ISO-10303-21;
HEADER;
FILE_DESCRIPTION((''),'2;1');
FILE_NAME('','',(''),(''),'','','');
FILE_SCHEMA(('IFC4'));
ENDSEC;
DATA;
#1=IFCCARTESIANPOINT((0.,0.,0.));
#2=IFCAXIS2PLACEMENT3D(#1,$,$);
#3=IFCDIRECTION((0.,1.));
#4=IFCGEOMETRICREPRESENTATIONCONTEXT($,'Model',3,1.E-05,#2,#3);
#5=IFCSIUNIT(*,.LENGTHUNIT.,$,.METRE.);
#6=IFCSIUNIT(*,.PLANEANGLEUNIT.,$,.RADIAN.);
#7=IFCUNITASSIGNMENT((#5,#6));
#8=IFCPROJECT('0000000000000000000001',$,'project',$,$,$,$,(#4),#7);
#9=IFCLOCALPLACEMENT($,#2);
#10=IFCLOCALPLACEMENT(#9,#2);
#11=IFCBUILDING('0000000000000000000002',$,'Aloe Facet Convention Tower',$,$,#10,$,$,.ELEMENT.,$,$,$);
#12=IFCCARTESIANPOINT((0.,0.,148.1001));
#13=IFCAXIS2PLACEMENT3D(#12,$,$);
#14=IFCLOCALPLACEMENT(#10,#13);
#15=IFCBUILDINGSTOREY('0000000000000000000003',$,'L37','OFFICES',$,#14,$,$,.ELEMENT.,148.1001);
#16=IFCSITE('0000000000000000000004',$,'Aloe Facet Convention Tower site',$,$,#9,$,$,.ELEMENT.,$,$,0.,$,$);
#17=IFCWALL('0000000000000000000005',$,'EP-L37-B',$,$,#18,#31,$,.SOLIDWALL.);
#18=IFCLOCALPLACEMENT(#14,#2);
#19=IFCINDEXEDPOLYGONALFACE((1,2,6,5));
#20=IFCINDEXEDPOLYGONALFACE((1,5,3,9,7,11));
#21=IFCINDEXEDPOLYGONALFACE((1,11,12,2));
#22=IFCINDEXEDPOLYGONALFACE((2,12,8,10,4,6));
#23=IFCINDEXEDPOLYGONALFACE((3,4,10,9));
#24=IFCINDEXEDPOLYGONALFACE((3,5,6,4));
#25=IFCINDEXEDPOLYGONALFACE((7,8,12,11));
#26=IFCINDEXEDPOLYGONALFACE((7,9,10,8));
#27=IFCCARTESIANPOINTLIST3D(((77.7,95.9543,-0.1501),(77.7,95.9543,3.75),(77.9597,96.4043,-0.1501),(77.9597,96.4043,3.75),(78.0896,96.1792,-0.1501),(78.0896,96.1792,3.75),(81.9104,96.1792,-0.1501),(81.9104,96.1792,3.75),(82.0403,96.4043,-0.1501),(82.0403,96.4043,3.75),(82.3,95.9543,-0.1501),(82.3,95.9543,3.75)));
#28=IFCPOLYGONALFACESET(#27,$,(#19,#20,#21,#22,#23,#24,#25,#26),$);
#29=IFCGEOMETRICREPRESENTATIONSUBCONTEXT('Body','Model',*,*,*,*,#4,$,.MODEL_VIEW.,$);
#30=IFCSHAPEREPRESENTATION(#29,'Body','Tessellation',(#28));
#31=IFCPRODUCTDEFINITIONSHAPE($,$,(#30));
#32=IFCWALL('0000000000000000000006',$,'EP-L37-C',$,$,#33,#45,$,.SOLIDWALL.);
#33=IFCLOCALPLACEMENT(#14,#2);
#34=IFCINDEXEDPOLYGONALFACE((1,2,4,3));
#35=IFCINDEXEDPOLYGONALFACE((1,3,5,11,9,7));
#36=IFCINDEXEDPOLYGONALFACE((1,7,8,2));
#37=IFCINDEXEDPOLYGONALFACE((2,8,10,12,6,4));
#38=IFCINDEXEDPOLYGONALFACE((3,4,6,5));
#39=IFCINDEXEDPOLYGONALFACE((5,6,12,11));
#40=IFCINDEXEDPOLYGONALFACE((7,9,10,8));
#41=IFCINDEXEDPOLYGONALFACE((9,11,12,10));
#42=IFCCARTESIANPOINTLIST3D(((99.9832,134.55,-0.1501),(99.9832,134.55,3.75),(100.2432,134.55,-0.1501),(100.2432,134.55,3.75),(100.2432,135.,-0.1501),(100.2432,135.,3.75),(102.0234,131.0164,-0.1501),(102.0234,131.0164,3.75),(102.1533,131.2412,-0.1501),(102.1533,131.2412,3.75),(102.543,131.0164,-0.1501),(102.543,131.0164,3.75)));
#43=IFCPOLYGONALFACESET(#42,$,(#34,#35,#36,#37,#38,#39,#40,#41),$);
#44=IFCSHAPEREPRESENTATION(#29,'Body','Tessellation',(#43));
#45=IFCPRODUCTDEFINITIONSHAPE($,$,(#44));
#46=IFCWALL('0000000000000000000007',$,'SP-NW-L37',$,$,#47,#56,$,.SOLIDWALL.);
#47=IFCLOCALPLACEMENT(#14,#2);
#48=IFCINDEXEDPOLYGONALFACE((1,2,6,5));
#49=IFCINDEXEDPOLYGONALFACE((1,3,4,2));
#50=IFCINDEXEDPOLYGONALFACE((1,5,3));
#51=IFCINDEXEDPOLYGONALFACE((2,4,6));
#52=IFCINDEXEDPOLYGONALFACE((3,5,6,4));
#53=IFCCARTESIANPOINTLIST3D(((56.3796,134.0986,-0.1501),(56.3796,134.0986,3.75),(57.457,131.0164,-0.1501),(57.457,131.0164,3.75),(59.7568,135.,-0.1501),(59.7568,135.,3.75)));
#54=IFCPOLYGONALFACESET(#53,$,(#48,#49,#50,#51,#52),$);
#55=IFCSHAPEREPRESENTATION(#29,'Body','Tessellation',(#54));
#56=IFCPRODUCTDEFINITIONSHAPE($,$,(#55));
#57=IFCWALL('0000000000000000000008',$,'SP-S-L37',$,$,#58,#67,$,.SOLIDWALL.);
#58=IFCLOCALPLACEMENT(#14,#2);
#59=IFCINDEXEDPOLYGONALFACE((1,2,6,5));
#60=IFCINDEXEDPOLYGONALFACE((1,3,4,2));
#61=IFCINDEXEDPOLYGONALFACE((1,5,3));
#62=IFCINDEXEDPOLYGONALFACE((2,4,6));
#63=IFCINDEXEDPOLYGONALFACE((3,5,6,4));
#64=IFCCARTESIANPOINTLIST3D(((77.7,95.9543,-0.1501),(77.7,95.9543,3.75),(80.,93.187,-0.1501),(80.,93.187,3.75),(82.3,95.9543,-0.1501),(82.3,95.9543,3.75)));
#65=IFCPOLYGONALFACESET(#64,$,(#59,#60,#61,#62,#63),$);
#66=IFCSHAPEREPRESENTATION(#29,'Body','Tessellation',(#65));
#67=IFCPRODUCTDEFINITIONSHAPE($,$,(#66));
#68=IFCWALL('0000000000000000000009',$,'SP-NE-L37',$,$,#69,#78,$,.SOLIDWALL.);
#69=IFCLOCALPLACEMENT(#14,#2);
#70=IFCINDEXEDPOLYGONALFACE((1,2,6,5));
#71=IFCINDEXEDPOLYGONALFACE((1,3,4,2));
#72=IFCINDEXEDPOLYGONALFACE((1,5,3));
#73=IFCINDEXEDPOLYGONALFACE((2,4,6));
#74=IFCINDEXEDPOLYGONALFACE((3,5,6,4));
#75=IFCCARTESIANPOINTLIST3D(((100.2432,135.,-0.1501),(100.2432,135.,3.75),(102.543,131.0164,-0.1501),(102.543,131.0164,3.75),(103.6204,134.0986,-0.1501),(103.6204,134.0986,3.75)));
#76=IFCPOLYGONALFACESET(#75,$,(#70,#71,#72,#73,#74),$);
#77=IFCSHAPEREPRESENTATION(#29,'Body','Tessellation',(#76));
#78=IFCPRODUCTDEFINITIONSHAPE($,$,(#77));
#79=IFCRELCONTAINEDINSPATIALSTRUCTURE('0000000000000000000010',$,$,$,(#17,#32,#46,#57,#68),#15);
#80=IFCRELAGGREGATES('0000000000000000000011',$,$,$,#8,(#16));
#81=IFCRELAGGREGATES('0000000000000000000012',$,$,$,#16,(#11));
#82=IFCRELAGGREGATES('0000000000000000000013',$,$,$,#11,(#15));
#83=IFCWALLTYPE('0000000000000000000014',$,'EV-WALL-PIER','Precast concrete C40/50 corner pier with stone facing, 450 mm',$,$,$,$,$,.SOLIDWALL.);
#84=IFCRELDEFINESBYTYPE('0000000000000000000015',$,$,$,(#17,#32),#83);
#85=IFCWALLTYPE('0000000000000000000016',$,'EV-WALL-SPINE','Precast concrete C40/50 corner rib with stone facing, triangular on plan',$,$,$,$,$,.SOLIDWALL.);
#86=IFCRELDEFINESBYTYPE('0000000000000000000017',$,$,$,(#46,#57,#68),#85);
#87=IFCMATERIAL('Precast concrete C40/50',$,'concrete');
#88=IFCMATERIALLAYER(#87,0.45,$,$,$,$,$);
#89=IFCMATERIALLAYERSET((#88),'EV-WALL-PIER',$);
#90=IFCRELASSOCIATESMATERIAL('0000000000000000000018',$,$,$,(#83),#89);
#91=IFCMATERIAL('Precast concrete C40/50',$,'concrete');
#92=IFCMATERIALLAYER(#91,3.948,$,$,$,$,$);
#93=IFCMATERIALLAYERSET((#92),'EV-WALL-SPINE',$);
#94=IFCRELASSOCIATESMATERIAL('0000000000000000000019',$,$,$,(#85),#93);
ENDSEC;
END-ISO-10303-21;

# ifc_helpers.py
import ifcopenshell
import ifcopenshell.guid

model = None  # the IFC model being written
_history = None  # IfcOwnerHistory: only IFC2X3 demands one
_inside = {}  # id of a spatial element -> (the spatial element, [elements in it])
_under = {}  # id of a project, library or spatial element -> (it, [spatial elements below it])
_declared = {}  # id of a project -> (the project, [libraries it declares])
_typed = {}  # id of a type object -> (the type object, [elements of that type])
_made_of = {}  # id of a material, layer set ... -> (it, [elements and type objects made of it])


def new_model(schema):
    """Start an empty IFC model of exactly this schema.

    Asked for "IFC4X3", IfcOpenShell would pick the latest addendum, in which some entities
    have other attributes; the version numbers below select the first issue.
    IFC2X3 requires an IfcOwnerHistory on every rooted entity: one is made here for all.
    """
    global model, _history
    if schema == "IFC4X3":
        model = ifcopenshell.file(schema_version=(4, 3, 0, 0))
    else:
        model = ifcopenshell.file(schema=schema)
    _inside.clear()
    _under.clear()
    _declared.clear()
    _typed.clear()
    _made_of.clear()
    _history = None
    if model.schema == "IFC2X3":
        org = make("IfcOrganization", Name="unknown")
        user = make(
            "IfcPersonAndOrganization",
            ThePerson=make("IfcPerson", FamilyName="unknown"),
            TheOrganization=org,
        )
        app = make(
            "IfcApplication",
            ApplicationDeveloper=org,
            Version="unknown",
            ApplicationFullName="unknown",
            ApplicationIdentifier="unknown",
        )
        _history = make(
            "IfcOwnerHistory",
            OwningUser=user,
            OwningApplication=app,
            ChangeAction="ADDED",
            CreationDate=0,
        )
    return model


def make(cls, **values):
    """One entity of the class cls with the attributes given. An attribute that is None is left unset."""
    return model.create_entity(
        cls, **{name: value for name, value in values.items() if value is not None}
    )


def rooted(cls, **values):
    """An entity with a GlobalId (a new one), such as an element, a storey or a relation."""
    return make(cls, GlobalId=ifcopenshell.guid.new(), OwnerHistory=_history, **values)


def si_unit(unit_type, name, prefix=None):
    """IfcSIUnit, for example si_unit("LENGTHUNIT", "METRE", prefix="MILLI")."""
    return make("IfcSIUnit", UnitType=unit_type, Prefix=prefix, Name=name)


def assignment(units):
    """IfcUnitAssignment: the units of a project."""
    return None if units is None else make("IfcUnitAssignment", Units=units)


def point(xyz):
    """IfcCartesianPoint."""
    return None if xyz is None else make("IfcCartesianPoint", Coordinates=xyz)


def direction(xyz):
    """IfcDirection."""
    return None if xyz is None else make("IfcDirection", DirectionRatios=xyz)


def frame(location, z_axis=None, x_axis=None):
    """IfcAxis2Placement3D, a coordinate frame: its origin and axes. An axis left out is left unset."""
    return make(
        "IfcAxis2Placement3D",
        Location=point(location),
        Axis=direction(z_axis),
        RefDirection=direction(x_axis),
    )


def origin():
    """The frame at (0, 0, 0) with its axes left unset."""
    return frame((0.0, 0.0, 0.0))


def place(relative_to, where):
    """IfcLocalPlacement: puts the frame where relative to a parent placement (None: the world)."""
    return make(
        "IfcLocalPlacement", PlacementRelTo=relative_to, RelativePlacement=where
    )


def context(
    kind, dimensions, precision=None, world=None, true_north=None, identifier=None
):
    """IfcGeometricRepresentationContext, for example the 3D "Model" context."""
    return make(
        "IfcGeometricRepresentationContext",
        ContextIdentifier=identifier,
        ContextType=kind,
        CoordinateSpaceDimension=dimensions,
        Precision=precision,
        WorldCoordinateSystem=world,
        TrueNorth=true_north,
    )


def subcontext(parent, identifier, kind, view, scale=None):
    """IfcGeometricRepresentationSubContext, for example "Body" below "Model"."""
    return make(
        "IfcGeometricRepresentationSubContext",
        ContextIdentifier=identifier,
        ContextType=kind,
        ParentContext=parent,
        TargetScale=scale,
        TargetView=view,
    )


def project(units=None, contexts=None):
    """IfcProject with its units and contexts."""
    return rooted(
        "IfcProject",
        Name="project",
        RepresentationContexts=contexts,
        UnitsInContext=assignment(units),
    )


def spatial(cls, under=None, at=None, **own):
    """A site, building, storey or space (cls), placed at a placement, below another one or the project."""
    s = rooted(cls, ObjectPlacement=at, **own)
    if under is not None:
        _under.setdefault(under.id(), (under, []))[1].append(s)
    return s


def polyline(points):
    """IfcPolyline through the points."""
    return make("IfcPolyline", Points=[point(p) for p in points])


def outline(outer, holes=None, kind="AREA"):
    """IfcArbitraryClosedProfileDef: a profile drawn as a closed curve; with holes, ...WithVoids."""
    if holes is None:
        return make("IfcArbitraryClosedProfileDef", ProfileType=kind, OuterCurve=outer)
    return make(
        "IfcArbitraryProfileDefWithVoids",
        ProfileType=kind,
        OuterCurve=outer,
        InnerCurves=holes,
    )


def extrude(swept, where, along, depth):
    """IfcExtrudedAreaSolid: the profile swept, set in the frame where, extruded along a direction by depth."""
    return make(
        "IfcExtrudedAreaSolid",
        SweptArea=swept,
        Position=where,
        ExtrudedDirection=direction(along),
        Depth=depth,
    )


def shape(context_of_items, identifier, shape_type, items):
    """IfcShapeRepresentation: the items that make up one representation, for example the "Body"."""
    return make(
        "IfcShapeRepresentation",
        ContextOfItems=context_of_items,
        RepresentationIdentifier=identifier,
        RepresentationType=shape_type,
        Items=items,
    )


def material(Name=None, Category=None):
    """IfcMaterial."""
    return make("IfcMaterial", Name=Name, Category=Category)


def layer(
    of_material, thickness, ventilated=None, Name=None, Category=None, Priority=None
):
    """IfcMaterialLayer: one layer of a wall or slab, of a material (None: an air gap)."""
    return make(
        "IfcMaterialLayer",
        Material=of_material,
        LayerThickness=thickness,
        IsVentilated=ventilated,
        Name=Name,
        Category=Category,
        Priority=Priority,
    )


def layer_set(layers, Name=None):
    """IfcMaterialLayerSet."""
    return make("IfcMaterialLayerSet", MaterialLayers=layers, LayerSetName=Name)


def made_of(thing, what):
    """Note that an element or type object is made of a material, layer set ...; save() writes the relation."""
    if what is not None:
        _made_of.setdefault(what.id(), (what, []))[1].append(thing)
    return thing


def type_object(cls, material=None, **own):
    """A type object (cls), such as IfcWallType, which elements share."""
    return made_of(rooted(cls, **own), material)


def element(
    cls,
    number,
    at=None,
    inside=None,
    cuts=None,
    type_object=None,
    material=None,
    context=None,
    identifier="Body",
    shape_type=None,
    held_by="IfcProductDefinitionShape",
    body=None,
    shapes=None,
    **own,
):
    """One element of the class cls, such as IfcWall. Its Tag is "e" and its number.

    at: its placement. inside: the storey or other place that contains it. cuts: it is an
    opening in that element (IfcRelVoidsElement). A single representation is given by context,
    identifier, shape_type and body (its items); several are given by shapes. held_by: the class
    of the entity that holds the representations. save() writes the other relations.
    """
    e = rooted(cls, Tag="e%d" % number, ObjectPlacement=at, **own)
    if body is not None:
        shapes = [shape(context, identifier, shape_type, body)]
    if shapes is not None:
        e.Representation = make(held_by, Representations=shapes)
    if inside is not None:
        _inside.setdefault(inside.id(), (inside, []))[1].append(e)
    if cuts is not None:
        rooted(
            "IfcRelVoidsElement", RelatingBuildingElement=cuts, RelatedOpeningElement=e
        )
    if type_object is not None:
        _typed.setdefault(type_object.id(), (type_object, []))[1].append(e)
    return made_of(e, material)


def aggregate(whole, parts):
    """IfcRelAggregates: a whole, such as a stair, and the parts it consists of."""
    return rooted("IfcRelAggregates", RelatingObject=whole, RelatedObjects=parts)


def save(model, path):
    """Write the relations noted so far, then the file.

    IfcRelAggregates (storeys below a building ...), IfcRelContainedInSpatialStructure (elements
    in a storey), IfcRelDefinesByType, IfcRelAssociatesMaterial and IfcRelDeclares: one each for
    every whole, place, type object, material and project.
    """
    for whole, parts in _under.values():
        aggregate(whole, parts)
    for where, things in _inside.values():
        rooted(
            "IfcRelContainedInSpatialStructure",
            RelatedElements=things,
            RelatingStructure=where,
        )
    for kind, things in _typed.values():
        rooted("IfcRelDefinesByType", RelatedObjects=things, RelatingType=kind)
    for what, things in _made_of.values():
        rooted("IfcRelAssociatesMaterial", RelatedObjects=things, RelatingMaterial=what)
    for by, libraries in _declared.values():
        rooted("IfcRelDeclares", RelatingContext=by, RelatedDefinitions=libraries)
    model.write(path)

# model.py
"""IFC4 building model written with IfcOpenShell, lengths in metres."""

from ifc_helpers import new_model, si_unit, direction, frame, origin, place, context, subcontext, project, spatial, polyline, outline, extrude, material, layer, layer_set, type_object, element, save


model = new_model("IFC4")

# Units and contexts
model_context = context("Model", 3, precision=1e-05, world=origin(), true_north=direction((0.0, 1.0)))
body_context = subcontext(model_context, "Body", "Model", "MODEL_VIEW")
ifc_project = project(units=[si_unit("LENGTHUNIT", "METRE"), si_unit("PLANEANGLEUNIT", "RADIAN")], contexts=[model_context])

# Site, building, storey
site_placement = place(None, origin())
site = spatial("IfcSite", under=ifc_project, at=site_placement, Name="Aloe Facet Convention Tower site", CompositionType="ELEMENT", RefElevation=0.0)
building_placement = place(site_placement, origin())
building = spatial("IfcBuilding", under=site, at=building_placement, Name="Aloe Facet Convention Tower", CompositionType="ELEMENT")
storey_placement = place(building_placement, frame((0.0, 0.0, 148.1001)))
storey = spatial("IfcBuildingStorey", under=building, at=storey_placement, Name="L37", Description="OFFICES", CompositionType="ELEMENT", Elevation=148.1001)

# Walls
ifc_material_1 = material(Name="Precast concrete C40/50", Category="concrete")
ifc_layer_1 = layer(ifc_material_1, 0.45)
ifc_layer_set_1 = layer_set([ifc_layer_1], Name="EV-WALL-PIER")
wall_type_1 = type_object("IfcWallType", Name="EV-WALL-PIER", Description="Precast concrete C40/50 corner pier with stone facing, 450 mm", PredefinedType="SOLIDWALL", material=ifc_layer_set_1)
wall_1_placement = place(storey_placement, frame((0.0, 0.0, -0.1501)))
element("IfcWall", 1, at=wall_1_placement, inside=storey, type_object=wall_type_1, Name="EP-L37-B", PredefinedType="SOLIDWALL", context=body_context, shape_type="SweptSolid", body=[
    extrude(outline(polyline([(77.7, 95.9543), (78.0896, 96.1792), (77.9597, 96.4043), (82.0403, 96.4043), (81.9104, 96.1792), (82.3, 95.9543), (77.7, 95.9543)])), origin(), (0.0, 0.0, 1.0), 3.9001),
])
wall_2_placement = place(storey_placement, frame((0.0, 0.0, -0.1501)))
element("IfcWall", 2, at=wall_2_placement, inside=storey, type_object=wall_type_1, Name="EP-L37-C", PredefinedType="SOLIDWALL", context=body_context, shape_type="SweptSolid", body=[
    extrude(outline(polyline([(102.543, 131.0164), (102.1533, 131.2412), (102.0234, 131.0164), (99.9832, 134.55), (100.2432, 134.55), (100.2432, 135.0), (102.543, 131.0164)])), origin(), (0.0, 0.0, 1.0), 3.9001),
])
ifc_material_2 = material(Name="Precast concrete C40/50", Category="concrete")
ifc_layer_2 = layer(ifc_material_2, 3.948)
ifc_layer_set_2 = layer_set([ifc_layer_2], Name="EV-WALL-SPINE")
wall_type_2 = type_object("IfcWallType", Name="EV-WALL-SPINE", Description="Precast concrete C40/50 corner rib with stone facing, triangular on plan", PredefinedType="SOLIDWALL", material=ifc_layer_set_2)
wall_3_placement = place(storey_placement, frame((0.0, 0.0, -0.1501)))
element("IfcWall", 3, at=wall_3_placement, inside=storey, type_object=wall_type_2, Name="SP-NW-L37", PredefinedType="SOLIDWALL", context=body_context, shape_type="SweptSolid", body=[
    extrude(outline(polyline([(59.7568, 135.0), (56.3796, 134.0986), (57.457, 131.0164), (59.7568, 135.0)])), origin(), (0.0, 0.0, 1.0), 3.9001),
])
wall_4_placement = place(storey_placement, frame((0.0, 0.0, -0.1501)))
element("IfcWall", 4, at=wall_4_placement, inside=storey, type_object=wall_type_2, Name="SP-S-L37", PredefinedType="SOLIDWALL", context=body_context, shape_type="SweptSolid", body=[
    extrude(outline(polyline([(77.7, 95.9543), (80.0, 93.187), (82.3, 95.9543), (77.7, 95.9543)])), origin(), (0.0, 0.0, 1.0), 3.9001),
])
wall_5_placement = place(storey_placement, frame((0.0, 0.0, -0.1501)))
element("IfcWall", 5, at=wall_5_placement, inside=storey, type_object=wall_type_2, Name="SP-NE-L37", PredefinedType="SOLIDWALL", context=body_context, shape_type="SweptSolid", body=[
    extrude(outline(polyline([(102.543, 131.0164), (103.6204, 134.0986), (100.2432, 135.0), (102.543, 131.0164)])), origin(), (0.0, 0.0, 1.0), 3.9001),
])

save(model, "model.ifc")
